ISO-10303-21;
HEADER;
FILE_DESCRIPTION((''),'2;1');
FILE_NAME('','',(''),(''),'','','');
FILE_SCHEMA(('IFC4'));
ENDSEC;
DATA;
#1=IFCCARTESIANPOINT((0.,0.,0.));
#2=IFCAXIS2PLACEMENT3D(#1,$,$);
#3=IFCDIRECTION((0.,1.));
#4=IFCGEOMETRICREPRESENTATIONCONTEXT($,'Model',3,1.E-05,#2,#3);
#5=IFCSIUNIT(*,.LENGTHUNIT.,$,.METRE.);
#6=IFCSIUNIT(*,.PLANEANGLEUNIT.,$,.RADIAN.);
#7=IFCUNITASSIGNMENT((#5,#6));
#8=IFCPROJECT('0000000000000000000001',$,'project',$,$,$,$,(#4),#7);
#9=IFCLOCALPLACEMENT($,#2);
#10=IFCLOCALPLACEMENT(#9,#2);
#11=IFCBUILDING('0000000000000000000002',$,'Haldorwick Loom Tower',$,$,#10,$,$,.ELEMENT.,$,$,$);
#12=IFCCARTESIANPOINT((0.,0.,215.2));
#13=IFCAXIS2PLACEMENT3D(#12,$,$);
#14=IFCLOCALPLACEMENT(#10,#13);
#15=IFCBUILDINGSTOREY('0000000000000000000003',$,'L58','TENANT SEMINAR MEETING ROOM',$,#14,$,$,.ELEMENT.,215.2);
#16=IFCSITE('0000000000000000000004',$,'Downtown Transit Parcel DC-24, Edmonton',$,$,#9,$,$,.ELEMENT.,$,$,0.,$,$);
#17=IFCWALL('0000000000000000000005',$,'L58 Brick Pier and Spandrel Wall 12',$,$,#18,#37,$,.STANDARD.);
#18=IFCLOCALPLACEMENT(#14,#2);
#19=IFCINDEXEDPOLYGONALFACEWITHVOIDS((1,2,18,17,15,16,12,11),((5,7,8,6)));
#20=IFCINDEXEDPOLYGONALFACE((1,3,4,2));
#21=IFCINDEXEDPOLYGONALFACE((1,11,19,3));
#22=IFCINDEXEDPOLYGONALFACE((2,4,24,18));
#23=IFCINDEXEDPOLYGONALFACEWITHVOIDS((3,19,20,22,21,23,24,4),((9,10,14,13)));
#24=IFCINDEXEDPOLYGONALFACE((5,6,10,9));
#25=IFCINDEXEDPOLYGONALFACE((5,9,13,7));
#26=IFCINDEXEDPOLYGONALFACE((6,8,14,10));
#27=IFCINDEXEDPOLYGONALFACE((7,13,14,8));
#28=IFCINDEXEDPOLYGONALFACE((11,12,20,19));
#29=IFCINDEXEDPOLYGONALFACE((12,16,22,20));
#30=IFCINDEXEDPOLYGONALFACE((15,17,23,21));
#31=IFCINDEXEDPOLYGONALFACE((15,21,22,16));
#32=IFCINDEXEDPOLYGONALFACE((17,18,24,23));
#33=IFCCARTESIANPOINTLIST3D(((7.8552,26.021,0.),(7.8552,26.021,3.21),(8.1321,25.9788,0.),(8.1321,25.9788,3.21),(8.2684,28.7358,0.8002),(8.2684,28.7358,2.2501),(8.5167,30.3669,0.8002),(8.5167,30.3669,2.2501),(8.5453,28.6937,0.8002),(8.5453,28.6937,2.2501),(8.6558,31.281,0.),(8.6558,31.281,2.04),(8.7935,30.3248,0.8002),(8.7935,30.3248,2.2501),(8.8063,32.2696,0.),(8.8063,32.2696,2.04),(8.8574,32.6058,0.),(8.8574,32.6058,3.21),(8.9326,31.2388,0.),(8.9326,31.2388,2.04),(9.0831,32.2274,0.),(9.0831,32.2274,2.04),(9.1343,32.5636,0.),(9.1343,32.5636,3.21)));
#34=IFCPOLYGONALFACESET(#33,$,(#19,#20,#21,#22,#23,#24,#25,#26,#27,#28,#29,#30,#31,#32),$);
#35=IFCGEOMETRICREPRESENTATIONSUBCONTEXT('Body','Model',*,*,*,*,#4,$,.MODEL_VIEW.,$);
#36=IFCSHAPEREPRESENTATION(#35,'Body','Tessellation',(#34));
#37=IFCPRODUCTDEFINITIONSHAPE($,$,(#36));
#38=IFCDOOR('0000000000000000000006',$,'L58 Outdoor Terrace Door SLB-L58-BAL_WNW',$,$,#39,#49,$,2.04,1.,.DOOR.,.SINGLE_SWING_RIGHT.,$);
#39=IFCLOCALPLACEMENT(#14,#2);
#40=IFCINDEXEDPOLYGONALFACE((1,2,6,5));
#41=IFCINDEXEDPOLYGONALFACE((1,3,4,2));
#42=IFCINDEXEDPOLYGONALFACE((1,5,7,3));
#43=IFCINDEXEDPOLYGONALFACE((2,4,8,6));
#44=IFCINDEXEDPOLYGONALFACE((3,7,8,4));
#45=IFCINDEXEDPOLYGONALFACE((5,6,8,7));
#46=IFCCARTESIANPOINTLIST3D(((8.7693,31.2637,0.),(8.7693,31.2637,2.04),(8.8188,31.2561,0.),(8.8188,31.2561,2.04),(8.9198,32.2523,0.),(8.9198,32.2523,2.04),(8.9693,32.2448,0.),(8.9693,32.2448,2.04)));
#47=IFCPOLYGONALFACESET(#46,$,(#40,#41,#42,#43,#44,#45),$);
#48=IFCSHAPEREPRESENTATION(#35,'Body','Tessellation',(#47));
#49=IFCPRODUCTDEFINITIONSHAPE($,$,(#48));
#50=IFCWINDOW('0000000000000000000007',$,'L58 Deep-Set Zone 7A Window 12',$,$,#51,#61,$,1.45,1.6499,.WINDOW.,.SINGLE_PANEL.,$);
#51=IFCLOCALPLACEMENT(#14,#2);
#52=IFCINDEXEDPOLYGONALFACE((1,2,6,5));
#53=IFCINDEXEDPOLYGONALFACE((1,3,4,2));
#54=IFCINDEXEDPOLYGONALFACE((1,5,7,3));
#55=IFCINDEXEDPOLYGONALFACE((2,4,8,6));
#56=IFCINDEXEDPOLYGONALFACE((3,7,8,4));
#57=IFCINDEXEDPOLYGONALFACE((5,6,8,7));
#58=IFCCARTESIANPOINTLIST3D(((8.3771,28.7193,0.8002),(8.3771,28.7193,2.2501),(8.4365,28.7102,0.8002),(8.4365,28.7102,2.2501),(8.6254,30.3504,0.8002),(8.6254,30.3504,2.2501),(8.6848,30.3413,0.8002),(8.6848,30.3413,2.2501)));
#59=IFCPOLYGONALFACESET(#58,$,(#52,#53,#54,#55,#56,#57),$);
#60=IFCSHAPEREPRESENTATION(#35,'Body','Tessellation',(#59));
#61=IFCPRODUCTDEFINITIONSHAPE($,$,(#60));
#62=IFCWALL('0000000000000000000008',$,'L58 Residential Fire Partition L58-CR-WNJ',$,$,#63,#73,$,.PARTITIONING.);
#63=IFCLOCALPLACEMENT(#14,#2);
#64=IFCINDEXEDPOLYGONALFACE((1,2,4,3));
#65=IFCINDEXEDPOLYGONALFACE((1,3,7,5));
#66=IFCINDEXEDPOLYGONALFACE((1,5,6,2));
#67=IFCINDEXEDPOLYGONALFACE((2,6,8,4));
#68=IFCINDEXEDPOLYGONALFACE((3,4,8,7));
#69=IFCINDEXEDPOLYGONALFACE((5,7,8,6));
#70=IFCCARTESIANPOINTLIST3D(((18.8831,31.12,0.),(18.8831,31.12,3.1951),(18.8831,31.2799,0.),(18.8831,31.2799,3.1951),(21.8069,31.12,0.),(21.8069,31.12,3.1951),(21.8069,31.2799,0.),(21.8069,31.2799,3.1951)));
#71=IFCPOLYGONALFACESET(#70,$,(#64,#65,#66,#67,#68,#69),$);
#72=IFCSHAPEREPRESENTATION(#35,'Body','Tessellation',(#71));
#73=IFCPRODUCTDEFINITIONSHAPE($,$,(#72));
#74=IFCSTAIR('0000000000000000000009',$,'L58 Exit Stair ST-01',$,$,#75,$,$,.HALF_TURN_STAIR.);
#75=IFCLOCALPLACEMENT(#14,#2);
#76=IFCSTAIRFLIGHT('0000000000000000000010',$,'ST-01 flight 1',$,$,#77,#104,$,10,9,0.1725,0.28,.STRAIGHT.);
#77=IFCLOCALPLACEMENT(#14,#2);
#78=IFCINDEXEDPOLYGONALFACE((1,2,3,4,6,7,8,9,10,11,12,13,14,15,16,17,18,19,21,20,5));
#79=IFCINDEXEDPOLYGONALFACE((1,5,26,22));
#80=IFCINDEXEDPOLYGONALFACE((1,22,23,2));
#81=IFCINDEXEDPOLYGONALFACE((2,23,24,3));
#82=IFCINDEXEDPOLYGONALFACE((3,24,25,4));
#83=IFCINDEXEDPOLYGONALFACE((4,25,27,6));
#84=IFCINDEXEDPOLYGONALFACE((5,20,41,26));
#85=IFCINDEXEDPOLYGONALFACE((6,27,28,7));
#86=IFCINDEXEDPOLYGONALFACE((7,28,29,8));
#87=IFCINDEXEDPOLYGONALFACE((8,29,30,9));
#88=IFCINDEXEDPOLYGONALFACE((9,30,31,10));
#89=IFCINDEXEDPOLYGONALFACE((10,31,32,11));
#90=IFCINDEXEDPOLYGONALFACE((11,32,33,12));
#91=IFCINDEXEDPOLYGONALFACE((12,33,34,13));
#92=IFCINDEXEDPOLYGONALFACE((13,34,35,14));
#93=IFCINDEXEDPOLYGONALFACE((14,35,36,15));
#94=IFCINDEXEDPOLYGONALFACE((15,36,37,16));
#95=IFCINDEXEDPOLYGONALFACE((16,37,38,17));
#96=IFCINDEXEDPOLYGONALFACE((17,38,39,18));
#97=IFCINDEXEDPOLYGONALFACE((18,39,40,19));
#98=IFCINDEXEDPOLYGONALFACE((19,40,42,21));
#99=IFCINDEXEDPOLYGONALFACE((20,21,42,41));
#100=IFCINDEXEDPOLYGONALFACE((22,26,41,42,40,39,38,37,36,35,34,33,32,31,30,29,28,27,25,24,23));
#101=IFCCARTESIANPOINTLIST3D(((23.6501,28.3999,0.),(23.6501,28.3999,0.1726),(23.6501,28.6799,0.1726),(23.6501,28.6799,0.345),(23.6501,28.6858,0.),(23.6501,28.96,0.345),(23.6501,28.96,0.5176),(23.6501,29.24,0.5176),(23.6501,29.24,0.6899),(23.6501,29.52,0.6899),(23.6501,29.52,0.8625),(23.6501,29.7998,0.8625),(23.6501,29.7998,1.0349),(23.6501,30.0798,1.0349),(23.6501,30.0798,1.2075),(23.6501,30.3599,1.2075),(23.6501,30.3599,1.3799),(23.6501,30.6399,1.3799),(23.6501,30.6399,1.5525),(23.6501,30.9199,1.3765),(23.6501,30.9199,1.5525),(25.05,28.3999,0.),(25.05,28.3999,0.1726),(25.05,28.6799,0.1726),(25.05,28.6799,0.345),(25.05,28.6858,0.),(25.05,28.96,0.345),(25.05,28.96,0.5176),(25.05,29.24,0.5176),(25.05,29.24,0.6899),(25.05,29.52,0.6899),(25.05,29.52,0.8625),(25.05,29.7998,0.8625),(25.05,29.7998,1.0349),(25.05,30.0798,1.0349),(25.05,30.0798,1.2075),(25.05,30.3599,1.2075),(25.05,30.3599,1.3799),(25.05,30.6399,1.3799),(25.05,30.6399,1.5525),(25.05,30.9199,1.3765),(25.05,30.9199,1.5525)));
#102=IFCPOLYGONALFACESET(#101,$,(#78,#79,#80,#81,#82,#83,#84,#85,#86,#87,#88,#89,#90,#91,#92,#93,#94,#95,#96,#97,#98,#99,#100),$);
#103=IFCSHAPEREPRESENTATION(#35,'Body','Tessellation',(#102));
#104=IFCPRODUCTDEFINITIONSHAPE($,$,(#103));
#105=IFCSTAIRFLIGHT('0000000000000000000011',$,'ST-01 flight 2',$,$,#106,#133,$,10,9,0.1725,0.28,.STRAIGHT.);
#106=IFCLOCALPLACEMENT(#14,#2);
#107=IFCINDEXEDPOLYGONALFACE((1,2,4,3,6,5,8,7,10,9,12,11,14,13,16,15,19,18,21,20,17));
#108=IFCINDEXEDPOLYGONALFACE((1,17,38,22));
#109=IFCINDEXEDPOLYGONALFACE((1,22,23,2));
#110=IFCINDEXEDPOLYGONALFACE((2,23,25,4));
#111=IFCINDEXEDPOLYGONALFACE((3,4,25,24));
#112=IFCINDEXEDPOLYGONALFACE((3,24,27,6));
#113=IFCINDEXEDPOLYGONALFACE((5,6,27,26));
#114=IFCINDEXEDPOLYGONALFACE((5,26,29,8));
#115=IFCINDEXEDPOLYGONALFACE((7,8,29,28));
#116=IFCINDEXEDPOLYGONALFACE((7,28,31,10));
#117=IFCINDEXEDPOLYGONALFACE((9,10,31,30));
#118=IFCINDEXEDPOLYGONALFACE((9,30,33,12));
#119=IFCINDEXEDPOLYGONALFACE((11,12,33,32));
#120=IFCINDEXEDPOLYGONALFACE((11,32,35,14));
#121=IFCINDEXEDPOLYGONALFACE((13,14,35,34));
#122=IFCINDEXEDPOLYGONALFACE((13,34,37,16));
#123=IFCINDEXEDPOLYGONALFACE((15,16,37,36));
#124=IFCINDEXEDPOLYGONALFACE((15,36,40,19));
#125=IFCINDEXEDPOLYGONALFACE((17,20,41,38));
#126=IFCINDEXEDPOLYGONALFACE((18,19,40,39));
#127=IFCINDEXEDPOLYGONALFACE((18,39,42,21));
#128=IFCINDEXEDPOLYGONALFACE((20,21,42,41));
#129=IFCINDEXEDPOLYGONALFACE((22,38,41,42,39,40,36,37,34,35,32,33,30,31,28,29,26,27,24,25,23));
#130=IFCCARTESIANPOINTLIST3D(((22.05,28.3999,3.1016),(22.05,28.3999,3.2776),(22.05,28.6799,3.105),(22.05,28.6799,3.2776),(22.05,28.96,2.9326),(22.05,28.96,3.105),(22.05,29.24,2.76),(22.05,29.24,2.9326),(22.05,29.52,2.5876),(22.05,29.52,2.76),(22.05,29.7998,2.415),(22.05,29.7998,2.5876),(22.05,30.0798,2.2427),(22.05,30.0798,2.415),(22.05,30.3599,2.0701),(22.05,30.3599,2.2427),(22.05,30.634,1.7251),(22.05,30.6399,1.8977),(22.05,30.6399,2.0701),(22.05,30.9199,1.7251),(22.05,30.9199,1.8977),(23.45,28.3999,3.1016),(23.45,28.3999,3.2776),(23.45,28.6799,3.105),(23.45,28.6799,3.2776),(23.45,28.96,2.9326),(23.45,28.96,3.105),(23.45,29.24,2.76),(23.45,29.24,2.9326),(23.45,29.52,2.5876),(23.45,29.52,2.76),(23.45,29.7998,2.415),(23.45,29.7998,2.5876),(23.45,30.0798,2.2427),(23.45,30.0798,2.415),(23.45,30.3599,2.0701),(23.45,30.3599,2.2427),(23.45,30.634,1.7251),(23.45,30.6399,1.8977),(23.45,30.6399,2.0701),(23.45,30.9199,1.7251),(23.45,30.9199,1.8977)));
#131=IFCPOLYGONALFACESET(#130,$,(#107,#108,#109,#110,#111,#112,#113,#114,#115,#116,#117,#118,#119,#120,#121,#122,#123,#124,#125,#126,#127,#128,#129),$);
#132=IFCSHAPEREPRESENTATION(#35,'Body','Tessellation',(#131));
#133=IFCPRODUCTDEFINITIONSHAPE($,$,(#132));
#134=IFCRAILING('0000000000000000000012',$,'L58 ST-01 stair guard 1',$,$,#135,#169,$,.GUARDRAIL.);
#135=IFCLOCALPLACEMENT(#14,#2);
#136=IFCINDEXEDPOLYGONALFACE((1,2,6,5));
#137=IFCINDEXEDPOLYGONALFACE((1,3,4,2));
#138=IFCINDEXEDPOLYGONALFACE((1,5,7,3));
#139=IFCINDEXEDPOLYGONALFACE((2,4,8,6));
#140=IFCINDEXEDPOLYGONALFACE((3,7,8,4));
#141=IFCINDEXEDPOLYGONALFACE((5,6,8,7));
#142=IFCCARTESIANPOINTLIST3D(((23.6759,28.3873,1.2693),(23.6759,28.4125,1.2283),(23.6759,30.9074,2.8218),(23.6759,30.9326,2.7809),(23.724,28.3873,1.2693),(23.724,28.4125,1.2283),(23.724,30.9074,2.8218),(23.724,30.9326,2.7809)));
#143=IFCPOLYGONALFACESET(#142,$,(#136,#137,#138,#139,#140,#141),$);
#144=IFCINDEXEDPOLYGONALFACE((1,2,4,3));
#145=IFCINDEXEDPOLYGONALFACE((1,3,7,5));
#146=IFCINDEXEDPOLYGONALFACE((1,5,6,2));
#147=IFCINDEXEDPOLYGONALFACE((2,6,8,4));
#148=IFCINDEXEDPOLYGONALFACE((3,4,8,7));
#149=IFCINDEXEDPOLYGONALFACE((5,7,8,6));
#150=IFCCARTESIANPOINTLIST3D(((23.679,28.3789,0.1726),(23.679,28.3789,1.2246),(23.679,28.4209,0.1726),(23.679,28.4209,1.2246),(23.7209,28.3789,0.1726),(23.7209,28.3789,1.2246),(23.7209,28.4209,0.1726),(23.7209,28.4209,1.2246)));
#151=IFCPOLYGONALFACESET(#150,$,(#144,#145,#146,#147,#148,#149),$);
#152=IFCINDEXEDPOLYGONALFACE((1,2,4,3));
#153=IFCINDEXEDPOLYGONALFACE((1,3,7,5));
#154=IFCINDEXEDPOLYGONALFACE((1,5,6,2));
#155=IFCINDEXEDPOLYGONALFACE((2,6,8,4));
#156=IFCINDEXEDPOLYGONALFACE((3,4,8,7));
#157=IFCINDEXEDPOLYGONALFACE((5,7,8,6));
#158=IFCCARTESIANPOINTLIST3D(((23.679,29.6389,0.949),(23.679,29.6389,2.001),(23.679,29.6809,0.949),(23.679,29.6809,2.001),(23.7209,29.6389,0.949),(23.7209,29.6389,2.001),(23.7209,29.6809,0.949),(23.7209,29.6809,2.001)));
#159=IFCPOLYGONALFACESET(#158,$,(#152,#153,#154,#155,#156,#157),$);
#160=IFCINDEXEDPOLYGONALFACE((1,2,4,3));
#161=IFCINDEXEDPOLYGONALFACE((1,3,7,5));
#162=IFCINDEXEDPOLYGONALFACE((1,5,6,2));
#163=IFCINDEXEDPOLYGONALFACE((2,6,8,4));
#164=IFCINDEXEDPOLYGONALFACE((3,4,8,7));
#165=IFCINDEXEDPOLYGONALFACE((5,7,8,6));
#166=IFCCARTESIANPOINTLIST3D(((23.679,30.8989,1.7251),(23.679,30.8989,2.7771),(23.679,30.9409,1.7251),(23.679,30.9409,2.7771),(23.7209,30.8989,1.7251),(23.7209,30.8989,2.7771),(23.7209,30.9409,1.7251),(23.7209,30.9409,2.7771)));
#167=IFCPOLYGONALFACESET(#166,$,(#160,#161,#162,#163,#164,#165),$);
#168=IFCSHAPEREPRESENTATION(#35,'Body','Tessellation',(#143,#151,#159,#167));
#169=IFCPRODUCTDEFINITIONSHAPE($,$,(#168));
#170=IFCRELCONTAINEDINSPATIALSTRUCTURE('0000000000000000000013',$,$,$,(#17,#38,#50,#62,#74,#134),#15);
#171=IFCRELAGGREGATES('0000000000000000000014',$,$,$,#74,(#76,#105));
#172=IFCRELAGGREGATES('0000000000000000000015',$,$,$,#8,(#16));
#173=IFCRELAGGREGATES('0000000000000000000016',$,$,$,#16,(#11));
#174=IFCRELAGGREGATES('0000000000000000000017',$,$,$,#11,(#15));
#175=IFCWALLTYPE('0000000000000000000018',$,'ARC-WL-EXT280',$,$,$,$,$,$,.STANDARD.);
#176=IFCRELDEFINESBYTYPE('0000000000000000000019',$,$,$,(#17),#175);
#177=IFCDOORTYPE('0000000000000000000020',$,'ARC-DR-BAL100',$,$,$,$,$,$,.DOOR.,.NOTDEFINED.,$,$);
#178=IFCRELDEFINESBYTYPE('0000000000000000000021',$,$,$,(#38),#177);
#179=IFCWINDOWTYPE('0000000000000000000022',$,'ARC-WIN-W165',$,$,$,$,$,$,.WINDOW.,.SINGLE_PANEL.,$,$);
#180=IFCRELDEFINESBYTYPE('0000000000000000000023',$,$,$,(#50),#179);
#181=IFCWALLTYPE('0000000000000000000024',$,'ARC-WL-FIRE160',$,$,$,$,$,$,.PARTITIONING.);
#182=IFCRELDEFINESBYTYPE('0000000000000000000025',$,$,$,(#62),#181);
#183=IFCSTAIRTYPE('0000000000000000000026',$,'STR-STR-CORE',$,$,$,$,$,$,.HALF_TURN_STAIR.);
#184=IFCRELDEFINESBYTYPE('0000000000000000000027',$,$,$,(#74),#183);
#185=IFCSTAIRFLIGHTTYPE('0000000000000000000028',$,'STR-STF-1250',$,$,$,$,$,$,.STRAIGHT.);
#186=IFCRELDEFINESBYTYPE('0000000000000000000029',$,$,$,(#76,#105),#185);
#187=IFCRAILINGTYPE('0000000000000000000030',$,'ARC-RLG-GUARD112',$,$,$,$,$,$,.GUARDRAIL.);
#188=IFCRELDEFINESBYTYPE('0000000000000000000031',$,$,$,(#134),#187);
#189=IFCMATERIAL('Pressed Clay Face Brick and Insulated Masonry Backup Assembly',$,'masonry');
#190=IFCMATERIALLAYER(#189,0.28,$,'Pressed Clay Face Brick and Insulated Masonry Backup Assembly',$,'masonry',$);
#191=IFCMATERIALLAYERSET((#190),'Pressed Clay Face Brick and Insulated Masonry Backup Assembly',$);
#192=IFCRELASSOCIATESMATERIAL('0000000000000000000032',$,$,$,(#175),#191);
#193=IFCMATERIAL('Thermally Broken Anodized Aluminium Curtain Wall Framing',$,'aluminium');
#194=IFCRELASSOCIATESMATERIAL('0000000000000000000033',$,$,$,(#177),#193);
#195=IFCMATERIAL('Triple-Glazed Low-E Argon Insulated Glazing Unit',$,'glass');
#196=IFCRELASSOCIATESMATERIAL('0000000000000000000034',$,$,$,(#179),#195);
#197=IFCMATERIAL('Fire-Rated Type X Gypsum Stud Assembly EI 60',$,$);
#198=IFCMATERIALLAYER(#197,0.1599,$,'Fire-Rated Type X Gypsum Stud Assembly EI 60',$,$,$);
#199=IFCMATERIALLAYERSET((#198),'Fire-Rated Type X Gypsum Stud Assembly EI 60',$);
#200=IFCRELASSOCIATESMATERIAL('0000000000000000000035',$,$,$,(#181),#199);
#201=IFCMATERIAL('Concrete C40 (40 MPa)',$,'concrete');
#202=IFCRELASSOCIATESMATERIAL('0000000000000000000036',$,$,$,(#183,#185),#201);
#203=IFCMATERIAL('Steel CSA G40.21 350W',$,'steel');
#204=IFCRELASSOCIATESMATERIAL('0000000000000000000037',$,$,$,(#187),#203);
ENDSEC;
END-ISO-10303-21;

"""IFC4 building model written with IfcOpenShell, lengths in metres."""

from ifc_helpers import new_model, si_unit, direction, frame, frame_2d, origin, origin_2d, place, context, subcontext, project, spatial, polyline, rectangle, outline, extrude, material, layer, layer_set, type_object, element, fill, aggregate, save


model = new_model("IFC4")

# Units and contexts
model_context = context("Model", 3, precision=1e-05, world=origin(), true_north=direction((0.0, 1.0)))
body_context = subcontext(model_context, "Body", "Model", "MODEL_VIEW")
ifc_project = project(units=[si_unit("LENGTHUNIT", "METRE"), si_unit("PLANEANGLEUNIT", "RADIAN")], contexts=[model_context])

# Site, building, storey
site_placement = place(None, origin())
site = spatial("IfcSite", under=ifc_project, at=site_placement, Name="Downtown Transit Parcel DC-24, Edmonton", CompositionType="ELEMENT", RefElevation=0.0)
building_placement = place(site_placement, origin())
building = spatial("IfcBuilding", under=site, at=building_placement, Name="Haldorwick Loom Tower", CompositionType="ELEMENT")
storey_placement = place(building_placement, frame((0.0, 0.0, 215.2)))
storey = spatial("IfcBuildingStorey", under=building, at=storey_placement, Name="L58", Description="TENANT SEMINAR MEETING ROOM", CompositionType="ELEMENT", Elevation=215.2)

# Shared definitions
ifc_material_1 = material(Name="Steel CSA G40.21 350W", Category="steel")

# Wall, openings, door, window
ifc_material_2 = material(Name="Pressed Clay Face Brick and Insulated Masonry Backup Assembly", Category="masonry")
ifc_layer_1 = layer(ifc_material_2, 0.28, Name="Pressed Clay Face Brick and Insulated Masonry Backup Assembly", Category="masonry")
ifc_layer_set_1 = layer_set([ifc_layer_1], Name="Pressed Clay Face Brick and Insulated Masonry Backup Assembly")
wall_type_1 = type_object("IfcWallType", Name="ARC-WL-EXT280", PredefinedType="STANDARD", material=ifc_layer_set_1)
wall_1_placement = place(storey_placement, frame((8.9958, 32.5847, 0.0), z_axis=(0.0, 0.0, 1.0), x_axis=(-0.150468, -0.988615, 0.0)))
wall_1 = element("IfcWall", 1, at=wall_1_placement, inside=storey, type_object=wall_type_1, Name="L58 Brick Pier and Spandrel Wall 12", PredefinedType="STANDARD", context=body_context, shape_type="SweptSolid", body=[
    extrude(rectangle(XDim=6.6606, YDim=0.28, at=frame_2d((3.3303, 0.0))), origin(), (0.0, 0.0, 1.0), 3.21),
])
opening_1_placement = place(wall_1_placement, frame((0.3401, 0.0, 0.0)))
opening_1 = element("IfcOpeningElement", 2, at=opening_1_placement, cuts=wall_1, PredefinedType="OPENING", context=body_context, shape_type="SweptSolid", body=[
    extrude(rectangle(XDim=1.0, YDim=2.04, at=frame_2d((0.5, 1.02))), frame((0.0, 0.1499, 0.0), z_axis=(0.0, -1.0, 0.0), x_axis=(1.0, 0.0, 0.0)), (0.0, 0.0, 1.0), 0.3),
])
opening_2_placement = place(wall_1_placement, frame((2.2646, 0.0, 0.8)))
opening_2 = element("IfcOpeningElement", 3, at=opening_2_placement, cuts=wall_1, PredefinedType="OPENING", context=body_context, shape_type="SweptSolid", body=[
    extrude(rectangle(XDim=1.6499, YDim=1.45, at=frame_2d((0.825, 0.7251))), frame((0.0, 0.1499, 0.0), z_axis=(0.0, -1.0, 0.0), x_axis=(1.0, 0.0, 0.0)), (0.0, 0.0, 1.0), 0.3),
])
ifc_material_3 = material(Name="Thermally Broken Anodized Aluminium Curtain Wall Framing", Category="aluminium")
door_type = type_object("IfcDoorType", Name="ARC-DR-BAL100", OperationType="NOTDEFINED", PredefinedType="DOOR", material=ifc_material_3)
door_placement = place(opening_1_placement, origin())
door = element("IfcDoor", 4, at=door_placement, inside=storey, type_object=door_type, Name="L58 Outdoor Terrace Door SLB-L58-BAL_WNW", OperationType="SINGLE_SWING_RIGHT", OverallHeight=2.04, OverallWidth=1.0, PredefinedType="DOOR", context=body_context, shape_type="SweptSolid", body=[
    extrude(rectangle(XDim=1.0, YDim=2.04, at=frame_2d((0.5, 1.02))), frame((0.0, 0.0249, 0.0), z_axis=(0.0, -1.0, 0.0), x_axis=(1.0, 0.0, 0.0)), (0.0, 0.0, 1.0), 0.05),
])
fill(opening_1, door)
ifc_material_4 = material(Name="Triple-Glazed Low-E Argon Insulated Glazing Unit", Category="glass")
window_type = type_object("IfcWindowType", Name="ARC-WIN-W165", PartitioningType="SINGLE_PANEL", PredefinedType="WINDOW", material=ifc_material_4)
window_placement = place(opening_2_placement, origin())
window = element("IfcWindow", 5, at=window_placement, inside=storey, type_object=window_type, Name="L58 Deep-Set Zone 7A Window 12", OverallHeight=1.45, OverallWidth=1.6499, PartitioningType="SINGLE_PANEL", PredefinedType="WINDOW", context=body_context, shape_type="SweptSolid", body=[
    extrude(rectangle(XDim=1.6499, YDim=1.45, at=frame_2d((0.825, 0.7251))), frame((0.0, 0.03, 0.0), z_axis=(0.0, -1.0, 0.0), x_axis=(1.0, 0.0, 0.0)), (0.0, 0.0, 1.0), 0.0601),
])
fill(opening_2, window)

# Wall
ifc_material_5 = material(Name="Fire-Rated Type X Gypsum Stud Assembly EI 60")
ifc_layer_2 = layer(ifc_material_5, 0.1599, Name="Fire-Rated Type X Gypsum Stud Assembly EI 60")
ifc_layer_set_2 = layer_set([ifc_layer_2], Name="Fire-Rated Type X Gypsum Stud Assembly EI 60")
wall_type_2 = type_object("IfcWallType", Name="ARC-WL-FIRE160", PredefinedType="PARTITIONING", material=ifc_layer_set_2)
wall_2_placement = place(storey_placement, frame((18.8831, 31.2, 0.0), z_axis=(0.0, 0.0, 1.0), x_axis=(1.0, 0.0, 0.0)))
element("IfcWall", 6, at=wall_2_placement, inside=storey, type_object=wall_type_2, Name="L58 Residential Fire Partition L58-CR-WNJ", PredefinedType="PARTITIONING", context=body_context, shape_type="SweptSolid", body=[
    extrude(rectangle(XDim=2.9238, YDim=0.1599, at=frame_2d((1.4619, 0.0))), origin(), (0.0, 0.0, 1.0), 3.1951),
])

# Stair, stair flights
ifc_material_6 = material(Name="Concrete C40 (40 MPa)", Category="concrete")
stair_type = type_object("IfcStairType", Name="STR-STR-CORE", PredefinedType="HALF_TURN_STAIR", material=ifc_material_6)
stair_placement = place(storey_placement, origin())
stair = element("IfcStair", 7, at=stair_placement, inside=storey, type_object=stair_type, Name="L58 Exit Stair ST-01", PredefinedType="HALF_TURN_STAIR")
stair_flight_type = type_object("IfcStairFlightType", Name="STR-STF-1250", PredefinedType="STRAIGHT", material=ifc_material_6)
stair_flight_1_placement = place(storey_placement, frame((24.3501, 28.3999, 0.0), z_axis=(0.0, 0.0, 1.0), x_axis=(0.0, 1.0, 0.0)))
stair_flight_1 = element("IfcStairFlight", 8, at=stair_flight_1_placement, type_object=stair_flight_type, Name="ST-01 flight 1", NumberOfRisers=10, NumberOfTreads=9, PredefinedType="STRAIGHT", RiserHeight=0.1725, TreadLength=0.28, context=body_context, shape_type="SweptSolid", body=[
    extrude(outline(polyline([(0.0, 0.0), (0.0, 0.1726), (0.28, 0.1726), (0.28, 0.345), (0.5601, 0.345), (0.5601, 0.5176), (0.8401, 0.5176), (0.8401, 0.6899), (1.1201, 0.6899), (1.1201, 0.8625), (1.3999, 0.8625), (1.3999, 1.0349), (1.6799, 1.0349), (1.6799, 1.2075), (1.96, 1.2075), (1.96, 1.3799), (2.24, 1.3799), (2.24, 1.5525), (2.52, 1.5525), (2.52, 1.7251), (2.52, 1.3765), (0.2859, 0.0), (0.0, 0.0)])), frame((0.0, 0.7, 0.0), z_axis=(0.0, -1.0, 0.0), x_axis=(1.0, 0.0, 0.0)), (0.0, 0.0, 1.0), 1.3999),
])
stair_flight_2_placement = place(storey_placement, frame((22.75, 30.9199, 1.7251), z_axis=(0.0, 0.0, 1.0), x_axis=(0.0, -1.0, 0.0)))
stair_flight_2 = element("IfcStairFlight", 9, at=stair_flight_2_placement, type_object=stair_flight_type, Name="ST-01 flight 2", NumberOfRisers=10, NumberOfTreads=9, PredefinedType="STRAIGHT", RiserHeight=0.1725, TreadLength=0.28, context=body_context, shape_type="SweptSolid", body=[
    extrude(outline(polyline([(0.0, 0.0), (0.0, 0.1726), (0.28, 0.1726), (0.28, 0.345), (0.5601, 0.345), (0.5601, 0.5176), (0.8401, 0.5176), (0.8401, 0.6899), (1.1201, 0.6899), (1.1201, 0.8625), (1.3999, 0.8625), (1.3999, 1.0349), (1.6799, 1.0349), (1.6799, 1.2075), (1.96, 1.2075), (1.96, 1.3799), (2.24, 1.3799), (2.24, 1.5525), (2.52, 1.5525), (2.52, 1.7251), (2.52, 1.3765), (0.2859, 0.0), (0.0, 0.0)])), frame((0.0, 0.7, 0.0), z_axis=(0.0, -1.0, 0.0), x_axis=(1.0, 0.0, 0.0)), (0.0, 0.0, 1.0), 1.3999),
])
aggregate(stair, [stair_flight_1, stair_flight_2])

# Railing
railing_type_1 = type_object("IfcRailingType", Name="ARC-RLG-GUARD112", PredefinedType="GUARDRAIL", material=ifc_material_1)
railing_1_placement = place(storey_placement, frame((23.7, 28.3999, 0.1726)))
element("IfcRailing", 10, at=railing_1_placement, inside=storey, type_object=railing_type_1, Name="L58 ST-01 stair guard 1", PredefinedType="GUARDRAIL", context=body_context, shape_type="SweptSolid", body=[
    extrude(rectangle(XDim=0.0481, YDim=0.0481, at=origin_2d()), frame((0.0, 0.0, 1.0762), z_axis=(0.0, 0.8514, 0.524516), x_axis=(-1.0, 0.0, 0.0)), (0.0, 0.0, 1.0), 2.96),
    extrude(rectangle(XDim=0.042, YDim=0.042, at=origin_2d()), origin(), (0.0, 0.0, 1.0), 1.052),
    extrude(rectangle(XDim=0.042, YDim=0.042, at=origin_2d()), frame((0.0, 1.26, 0.7764)), (0.0, 0.0, 1.0), 1.052),
    extrude(rectangle(XDim=0.042, YDim=0.042, at=origin_2d()), frame((0.0, 2.52, 1.5525)), (0.0, 0.0, 1.0), 1.052),
])

save(model, "model.ifc")
